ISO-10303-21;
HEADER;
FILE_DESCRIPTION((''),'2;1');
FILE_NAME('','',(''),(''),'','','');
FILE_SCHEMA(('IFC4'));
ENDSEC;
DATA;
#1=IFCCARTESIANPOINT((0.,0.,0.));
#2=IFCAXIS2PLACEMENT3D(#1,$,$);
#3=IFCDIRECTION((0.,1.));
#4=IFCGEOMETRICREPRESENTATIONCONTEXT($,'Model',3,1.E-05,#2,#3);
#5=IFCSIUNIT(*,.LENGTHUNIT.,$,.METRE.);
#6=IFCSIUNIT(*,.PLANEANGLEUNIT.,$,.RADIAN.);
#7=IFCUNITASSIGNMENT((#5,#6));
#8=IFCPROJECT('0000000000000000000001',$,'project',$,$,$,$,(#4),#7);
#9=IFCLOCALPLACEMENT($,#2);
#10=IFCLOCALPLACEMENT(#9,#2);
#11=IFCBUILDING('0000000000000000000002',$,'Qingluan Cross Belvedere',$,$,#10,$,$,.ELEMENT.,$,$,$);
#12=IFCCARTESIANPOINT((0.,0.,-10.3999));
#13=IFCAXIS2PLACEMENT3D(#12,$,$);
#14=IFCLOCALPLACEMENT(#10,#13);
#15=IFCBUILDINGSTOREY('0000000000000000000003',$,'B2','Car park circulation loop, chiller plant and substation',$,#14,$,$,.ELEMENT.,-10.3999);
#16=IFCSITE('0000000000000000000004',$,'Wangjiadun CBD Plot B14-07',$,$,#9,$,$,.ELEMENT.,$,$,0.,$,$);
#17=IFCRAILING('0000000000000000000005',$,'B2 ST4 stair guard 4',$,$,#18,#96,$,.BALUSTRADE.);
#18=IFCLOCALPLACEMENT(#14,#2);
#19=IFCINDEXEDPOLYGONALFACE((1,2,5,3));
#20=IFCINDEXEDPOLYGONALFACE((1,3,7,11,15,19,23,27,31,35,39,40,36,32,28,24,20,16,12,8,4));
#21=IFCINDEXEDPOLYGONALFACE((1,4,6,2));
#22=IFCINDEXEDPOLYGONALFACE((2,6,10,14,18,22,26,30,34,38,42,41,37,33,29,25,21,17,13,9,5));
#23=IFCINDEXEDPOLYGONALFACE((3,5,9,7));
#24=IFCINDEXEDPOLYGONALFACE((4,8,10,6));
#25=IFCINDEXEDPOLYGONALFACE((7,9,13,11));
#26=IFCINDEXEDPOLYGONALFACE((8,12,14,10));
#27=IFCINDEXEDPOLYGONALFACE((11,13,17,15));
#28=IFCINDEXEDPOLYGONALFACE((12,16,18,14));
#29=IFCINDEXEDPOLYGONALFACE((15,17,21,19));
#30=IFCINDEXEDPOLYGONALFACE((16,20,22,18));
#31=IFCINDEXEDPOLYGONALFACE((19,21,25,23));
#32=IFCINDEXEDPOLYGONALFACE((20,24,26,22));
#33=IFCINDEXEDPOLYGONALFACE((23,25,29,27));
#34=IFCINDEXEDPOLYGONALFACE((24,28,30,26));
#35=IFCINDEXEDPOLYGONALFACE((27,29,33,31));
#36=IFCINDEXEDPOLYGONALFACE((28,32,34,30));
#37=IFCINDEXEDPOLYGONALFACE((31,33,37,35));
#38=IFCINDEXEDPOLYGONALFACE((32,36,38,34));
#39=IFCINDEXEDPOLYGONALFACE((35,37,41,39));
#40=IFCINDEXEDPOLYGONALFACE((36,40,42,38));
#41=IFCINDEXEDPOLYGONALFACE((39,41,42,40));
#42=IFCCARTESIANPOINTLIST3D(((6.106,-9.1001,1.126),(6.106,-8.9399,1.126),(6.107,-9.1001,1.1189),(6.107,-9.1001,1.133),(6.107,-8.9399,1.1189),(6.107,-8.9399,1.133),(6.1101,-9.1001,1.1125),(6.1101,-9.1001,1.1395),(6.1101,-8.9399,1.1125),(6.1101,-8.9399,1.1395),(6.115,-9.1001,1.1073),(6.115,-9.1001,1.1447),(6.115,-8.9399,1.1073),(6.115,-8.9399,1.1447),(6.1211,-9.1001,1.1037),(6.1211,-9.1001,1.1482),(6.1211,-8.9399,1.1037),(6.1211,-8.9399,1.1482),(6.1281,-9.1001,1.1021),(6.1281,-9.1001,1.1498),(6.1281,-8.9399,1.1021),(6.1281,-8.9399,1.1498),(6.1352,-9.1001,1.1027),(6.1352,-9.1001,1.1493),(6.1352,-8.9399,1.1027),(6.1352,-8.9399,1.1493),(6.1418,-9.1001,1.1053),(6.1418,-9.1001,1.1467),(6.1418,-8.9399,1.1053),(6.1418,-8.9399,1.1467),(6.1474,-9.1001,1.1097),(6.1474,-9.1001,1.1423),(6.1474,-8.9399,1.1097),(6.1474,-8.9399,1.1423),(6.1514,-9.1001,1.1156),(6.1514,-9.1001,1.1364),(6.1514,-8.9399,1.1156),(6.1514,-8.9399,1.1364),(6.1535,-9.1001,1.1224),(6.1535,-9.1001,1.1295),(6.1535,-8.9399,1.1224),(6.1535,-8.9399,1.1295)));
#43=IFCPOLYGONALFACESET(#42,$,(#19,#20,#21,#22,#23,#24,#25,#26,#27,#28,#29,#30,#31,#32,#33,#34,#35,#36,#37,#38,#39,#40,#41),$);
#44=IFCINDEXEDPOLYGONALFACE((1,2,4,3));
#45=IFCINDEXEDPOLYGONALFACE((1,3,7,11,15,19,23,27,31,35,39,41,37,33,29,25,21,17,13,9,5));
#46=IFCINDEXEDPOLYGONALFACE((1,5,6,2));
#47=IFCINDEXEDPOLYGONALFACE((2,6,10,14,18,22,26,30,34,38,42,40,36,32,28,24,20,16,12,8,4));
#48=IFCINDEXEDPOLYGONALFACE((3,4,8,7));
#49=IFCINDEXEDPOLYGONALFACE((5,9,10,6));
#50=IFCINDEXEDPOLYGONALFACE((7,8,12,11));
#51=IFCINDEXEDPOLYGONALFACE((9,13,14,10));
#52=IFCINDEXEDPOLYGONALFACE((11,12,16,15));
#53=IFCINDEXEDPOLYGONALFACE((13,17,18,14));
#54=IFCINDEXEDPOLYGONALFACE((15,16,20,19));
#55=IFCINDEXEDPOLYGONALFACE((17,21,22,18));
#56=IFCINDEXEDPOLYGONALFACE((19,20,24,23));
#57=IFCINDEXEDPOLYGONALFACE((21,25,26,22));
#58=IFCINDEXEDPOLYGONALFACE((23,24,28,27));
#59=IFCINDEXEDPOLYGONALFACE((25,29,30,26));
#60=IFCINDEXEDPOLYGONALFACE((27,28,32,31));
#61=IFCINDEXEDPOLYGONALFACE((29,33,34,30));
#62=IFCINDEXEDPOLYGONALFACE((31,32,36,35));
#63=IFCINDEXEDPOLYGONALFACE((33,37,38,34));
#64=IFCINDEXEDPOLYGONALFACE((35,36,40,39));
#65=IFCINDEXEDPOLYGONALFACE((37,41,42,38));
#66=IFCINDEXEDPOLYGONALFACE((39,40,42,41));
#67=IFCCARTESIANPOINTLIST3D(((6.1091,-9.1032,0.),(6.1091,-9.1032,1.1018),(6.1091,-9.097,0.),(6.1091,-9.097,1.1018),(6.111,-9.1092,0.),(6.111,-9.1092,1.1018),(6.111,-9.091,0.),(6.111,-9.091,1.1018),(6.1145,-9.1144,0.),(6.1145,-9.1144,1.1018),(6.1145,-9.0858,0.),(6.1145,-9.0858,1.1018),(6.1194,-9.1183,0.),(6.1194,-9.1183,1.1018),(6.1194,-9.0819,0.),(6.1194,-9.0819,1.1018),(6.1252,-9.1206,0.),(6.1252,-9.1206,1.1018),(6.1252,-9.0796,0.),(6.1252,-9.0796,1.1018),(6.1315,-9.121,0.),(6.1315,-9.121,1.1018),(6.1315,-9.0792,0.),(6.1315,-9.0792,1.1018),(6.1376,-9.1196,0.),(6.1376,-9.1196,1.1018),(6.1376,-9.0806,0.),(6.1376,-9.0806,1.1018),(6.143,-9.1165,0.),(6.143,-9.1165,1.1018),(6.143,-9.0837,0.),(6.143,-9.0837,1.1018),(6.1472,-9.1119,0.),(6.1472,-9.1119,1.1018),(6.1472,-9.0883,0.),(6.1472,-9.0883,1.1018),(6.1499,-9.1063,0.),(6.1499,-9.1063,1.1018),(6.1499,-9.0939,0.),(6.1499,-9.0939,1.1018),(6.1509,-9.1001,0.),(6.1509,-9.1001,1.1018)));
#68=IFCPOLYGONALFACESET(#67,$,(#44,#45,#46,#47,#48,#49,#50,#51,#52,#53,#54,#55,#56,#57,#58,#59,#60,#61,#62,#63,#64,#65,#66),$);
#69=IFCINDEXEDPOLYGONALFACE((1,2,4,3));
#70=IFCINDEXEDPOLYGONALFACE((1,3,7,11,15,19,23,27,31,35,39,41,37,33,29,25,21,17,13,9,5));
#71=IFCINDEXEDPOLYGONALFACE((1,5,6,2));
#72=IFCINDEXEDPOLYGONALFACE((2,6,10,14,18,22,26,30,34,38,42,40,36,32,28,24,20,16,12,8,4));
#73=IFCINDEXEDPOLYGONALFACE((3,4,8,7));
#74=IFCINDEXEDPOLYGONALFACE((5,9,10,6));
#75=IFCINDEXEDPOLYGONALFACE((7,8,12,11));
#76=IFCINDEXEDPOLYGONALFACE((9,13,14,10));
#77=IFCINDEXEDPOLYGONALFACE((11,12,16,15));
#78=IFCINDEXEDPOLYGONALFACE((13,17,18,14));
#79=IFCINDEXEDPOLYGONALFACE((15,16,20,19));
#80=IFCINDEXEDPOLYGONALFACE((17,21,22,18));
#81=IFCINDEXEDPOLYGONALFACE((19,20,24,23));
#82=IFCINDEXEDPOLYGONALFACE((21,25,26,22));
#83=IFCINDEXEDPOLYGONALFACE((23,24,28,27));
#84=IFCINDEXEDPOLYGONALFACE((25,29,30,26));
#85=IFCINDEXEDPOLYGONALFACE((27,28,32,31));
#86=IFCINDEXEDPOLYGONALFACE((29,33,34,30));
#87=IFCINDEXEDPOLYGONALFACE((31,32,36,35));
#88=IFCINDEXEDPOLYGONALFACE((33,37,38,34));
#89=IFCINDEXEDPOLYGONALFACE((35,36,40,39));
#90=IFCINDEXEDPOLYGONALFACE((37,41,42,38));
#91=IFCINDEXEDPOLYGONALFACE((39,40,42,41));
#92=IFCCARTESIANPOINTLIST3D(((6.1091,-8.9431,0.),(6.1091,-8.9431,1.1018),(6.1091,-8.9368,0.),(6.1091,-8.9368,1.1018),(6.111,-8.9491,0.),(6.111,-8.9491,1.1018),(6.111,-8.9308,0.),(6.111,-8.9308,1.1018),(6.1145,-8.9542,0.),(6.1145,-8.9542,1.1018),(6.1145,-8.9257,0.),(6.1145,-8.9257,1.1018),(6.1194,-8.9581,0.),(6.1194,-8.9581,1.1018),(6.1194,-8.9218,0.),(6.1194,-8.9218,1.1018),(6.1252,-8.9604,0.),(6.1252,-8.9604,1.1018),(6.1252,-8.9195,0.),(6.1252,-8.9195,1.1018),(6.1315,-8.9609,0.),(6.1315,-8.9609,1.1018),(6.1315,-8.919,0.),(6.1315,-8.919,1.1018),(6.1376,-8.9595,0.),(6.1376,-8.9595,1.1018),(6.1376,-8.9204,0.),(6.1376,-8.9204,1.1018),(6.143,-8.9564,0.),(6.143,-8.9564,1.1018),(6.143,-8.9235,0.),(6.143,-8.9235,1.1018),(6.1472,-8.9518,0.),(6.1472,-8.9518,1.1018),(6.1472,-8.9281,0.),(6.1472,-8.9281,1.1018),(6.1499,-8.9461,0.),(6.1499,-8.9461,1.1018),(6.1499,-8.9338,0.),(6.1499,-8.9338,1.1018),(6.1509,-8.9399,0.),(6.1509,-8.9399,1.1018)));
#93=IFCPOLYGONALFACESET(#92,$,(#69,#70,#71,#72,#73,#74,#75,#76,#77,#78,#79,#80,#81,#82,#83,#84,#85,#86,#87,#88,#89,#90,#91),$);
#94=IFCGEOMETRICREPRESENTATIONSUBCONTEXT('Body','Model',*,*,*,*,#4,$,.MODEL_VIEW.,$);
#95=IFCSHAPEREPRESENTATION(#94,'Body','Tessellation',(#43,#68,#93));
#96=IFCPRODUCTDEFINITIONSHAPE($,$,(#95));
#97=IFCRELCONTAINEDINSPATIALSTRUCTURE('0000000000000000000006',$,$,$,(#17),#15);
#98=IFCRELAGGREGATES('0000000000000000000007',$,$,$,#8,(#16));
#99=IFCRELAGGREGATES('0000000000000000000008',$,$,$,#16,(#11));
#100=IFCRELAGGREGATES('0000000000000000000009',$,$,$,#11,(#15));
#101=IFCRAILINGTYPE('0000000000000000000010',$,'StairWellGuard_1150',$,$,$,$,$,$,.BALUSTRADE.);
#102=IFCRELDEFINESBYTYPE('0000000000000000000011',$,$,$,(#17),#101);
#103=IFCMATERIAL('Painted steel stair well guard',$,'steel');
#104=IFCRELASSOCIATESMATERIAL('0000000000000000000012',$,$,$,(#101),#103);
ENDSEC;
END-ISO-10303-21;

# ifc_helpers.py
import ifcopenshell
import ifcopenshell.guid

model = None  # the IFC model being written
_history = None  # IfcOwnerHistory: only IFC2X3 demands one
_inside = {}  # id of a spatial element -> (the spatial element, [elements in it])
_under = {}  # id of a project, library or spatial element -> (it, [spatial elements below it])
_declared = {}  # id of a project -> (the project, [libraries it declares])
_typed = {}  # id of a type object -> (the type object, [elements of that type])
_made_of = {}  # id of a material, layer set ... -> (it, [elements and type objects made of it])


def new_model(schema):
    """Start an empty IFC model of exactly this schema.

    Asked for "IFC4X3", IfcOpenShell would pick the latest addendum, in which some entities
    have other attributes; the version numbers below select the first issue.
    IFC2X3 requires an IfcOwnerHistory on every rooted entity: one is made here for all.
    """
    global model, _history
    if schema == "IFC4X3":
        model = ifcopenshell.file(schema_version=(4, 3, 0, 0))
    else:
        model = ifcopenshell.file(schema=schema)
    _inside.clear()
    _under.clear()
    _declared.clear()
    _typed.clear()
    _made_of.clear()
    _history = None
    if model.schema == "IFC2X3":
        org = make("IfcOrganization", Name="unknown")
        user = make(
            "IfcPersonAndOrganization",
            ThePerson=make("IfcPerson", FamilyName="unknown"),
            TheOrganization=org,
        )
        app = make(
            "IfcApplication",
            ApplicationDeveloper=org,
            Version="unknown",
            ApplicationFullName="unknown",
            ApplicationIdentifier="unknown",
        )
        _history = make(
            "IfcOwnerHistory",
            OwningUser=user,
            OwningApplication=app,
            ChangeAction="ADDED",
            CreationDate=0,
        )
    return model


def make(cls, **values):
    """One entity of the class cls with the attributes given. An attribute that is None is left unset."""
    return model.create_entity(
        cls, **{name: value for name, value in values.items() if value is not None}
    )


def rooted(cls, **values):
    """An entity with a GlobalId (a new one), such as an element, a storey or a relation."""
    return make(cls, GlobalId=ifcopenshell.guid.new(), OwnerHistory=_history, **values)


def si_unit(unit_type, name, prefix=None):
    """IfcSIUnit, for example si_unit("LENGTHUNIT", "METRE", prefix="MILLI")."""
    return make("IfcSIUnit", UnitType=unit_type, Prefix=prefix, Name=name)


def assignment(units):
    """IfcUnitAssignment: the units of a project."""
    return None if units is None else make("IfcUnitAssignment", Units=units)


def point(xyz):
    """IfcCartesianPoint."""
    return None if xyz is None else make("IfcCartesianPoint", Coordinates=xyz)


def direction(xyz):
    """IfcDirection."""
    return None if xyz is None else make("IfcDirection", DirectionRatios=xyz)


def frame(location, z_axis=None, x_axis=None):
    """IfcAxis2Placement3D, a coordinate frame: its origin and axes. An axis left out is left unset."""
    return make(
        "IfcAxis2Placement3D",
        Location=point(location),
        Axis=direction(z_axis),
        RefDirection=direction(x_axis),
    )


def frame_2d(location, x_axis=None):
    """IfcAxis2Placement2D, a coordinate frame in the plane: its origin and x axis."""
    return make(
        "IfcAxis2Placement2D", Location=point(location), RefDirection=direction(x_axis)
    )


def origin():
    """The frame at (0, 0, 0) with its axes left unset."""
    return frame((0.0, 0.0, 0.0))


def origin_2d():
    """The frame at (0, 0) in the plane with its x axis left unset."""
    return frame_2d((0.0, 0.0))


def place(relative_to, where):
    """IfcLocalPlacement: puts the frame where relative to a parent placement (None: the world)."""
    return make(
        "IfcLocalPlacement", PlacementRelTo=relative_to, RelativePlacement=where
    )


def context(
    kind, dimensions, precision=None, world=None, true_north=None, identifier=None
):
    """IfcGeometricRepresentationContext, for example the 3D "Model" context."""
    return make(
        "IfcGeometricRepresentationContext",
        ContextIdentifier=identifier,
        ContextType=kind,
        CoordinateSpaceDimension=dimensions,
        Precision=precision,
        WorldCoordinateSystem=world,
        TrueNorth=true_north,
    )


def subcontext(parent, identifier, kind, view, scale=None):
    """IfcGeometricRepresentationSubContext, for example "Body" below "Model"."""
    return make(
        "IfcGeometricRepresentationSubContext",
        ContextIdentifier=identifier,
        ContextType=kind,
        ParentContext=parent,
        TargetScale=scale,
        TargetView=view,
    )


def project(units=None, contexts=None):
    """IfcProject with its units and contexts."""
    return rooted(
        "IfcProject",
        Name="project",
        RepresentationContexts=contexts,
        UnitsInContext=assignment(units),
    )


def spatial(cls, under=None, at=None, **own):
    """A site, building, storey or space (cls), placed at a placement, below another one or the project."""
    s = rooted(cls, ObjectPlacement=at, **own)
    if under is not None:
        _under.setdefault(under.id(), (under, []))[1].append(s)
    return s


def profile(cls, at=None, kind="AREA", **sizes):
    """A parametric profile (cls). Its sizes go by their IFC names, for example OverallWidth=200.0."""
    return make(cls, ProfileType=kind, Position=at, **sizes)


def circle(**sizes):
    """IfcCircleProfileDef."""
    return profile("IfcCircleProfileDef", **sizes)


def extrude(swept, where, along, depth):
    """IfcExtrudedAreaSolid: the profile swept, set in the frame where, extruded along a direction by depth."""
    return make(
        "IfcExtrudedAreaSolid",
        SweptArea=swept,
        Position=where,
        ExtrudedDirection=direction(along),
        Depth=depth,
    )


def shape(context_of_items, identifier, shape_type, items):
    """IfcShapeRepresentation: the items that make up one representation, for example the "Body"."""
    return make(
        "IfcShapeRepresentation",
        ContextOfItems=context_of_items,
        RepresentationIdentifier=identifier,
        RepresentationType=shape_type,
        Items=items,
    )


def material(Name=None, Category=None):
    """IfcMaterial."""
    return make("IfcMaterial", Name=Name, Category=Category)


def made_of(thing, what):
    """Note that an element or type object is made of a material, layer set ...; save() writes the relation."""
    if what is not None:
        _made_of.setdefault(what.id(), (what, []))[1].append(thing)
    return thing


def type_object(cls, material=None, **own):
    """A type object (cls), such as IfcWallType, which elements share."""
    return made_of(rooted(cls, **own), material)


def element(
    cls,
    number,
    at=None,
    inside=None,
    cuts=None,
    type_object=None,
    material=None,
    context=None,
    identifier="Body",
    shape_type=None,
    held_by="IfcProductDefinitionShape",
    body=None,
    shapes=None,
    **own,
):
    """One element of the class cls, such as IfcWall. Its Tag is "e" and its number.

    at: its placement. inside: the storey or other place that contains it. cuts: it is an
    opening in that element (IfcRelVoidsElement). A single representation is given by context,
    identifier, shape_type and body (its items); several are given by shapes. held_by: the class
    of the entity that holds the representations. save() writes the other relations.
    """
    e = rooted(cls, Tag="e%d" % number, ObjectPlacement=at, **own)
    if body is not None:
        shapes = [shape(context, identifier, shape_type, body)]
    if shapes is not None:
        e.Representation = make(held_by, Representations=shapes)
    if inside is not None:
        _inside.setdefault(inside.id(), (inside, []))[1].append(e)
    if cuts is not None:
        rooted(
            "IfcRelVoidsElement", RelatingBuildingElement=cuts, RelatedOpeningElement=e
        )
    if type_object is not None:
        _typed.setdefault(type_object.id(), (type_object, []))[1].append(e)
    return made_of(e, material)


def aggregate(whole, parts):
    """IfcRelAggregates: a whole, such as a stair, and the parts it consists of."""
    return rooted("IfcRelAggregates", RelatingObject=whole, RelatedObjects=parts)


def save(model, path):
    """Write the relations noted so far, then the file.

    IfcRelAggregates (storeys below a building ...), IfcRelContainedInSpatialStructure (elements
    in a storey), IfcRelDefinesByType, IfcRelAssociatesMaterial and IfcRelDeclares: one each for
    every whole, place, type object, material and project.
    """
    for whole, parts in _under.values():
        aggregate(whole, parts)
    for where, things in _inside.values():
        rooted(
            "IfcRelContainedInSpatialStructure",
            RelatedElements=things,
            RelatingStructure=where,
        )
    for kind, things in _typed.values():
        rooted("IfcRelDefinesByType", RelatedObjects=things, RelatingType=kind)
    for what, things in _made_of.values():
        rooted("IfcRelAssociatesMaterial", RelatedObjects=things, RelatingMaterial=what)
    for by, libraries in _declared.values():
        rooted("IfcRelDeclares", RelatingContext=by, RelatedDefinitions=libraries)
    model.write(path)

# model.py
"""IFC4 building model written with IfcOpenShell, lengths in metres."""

from ifc_helpers import new_model, si_unit, direction, frame, origin, origin_2d, place, context, subcontext, project, spatial, circle, extrude, material, type_object, element, save


model = new_model("IFC4")

# Units and contexts
model_context = context("Model", 3, precision=1e-05, world=origin(), true_north=direction((0.0, 1.0)))
body_context = subcontext(model_context, "Body", "Model", "MODEL_VIEW")
ifc_project = project(units=[si_unit("LENGTHUNIT", "METRE"), si_unit("PLANEANGLEUNIT", "RADIAN")], contexts=[model_context])

# Site, building, storey
site_placement = place(None, origin())
site = spatial("IfcSite", under=ifc_project, at=site_placement, Name="Wangjiadun CBD Plot B14-07", CompositionType="ELEMENT", RefElevation=0.0)
building_placement = place(site_placement, origin())
building = spatial("IfcBuilding", under=site, at=building_placement, Name="Qingluan Cross Belvedere", CompositionType="ELEMENT")
storey_placement = place(building_placement, frame((0.0, 0.0, -10.3999)))
storey = spatial("IfcBuildingStorey", under=building, at=storey_placement, Name="B2", Description="Car park circulation loop, chiller plant and substation", CompositionType="ELEMENT", Elevation=-10.3999)

# Railing
ifc_material_1 = material(Name="Painted steel stair well guard", Category="steel")
railing_type_1 = type_object("IfcRailingType", Name="StairWellGuard_1150", PredefinedType="BALUSTRADE", material=ifc_material_1)
railing_1_placement = place(storey_placement, frame((6.1299, -9.1001, 0.0)))
element("IfcRailing", 1, at=railing_1_placement, inside=storey, type_object=railing_type_1, Name="B2 ST4 stair guard 4", PredefinedType="BALUSTRADE", context=body_context, shape_type="SweptSolid", body=[
    extrude(circle(Radius=0.0239, at=origin_2d()), frame((0.0, 0.0, 1.126), z_axis=(0.0, 1.0, 0.0), x_axis=(-1.0, 0.0, 0.0)), (0.0, 0.0, 1.0), 0.1602),
    extrude(circle(Radius=0.021, at=origin_2d()), origin(), (0.0, 0.0, 1.0), 1.1018),
    extrude(circle(Radius=0.021, at=origin_2d()), frame((0.0, 0.1602, 0.0)), (0.0, 0.0, 1.0), 1.1018),
])

save(model, "model.ifc")
